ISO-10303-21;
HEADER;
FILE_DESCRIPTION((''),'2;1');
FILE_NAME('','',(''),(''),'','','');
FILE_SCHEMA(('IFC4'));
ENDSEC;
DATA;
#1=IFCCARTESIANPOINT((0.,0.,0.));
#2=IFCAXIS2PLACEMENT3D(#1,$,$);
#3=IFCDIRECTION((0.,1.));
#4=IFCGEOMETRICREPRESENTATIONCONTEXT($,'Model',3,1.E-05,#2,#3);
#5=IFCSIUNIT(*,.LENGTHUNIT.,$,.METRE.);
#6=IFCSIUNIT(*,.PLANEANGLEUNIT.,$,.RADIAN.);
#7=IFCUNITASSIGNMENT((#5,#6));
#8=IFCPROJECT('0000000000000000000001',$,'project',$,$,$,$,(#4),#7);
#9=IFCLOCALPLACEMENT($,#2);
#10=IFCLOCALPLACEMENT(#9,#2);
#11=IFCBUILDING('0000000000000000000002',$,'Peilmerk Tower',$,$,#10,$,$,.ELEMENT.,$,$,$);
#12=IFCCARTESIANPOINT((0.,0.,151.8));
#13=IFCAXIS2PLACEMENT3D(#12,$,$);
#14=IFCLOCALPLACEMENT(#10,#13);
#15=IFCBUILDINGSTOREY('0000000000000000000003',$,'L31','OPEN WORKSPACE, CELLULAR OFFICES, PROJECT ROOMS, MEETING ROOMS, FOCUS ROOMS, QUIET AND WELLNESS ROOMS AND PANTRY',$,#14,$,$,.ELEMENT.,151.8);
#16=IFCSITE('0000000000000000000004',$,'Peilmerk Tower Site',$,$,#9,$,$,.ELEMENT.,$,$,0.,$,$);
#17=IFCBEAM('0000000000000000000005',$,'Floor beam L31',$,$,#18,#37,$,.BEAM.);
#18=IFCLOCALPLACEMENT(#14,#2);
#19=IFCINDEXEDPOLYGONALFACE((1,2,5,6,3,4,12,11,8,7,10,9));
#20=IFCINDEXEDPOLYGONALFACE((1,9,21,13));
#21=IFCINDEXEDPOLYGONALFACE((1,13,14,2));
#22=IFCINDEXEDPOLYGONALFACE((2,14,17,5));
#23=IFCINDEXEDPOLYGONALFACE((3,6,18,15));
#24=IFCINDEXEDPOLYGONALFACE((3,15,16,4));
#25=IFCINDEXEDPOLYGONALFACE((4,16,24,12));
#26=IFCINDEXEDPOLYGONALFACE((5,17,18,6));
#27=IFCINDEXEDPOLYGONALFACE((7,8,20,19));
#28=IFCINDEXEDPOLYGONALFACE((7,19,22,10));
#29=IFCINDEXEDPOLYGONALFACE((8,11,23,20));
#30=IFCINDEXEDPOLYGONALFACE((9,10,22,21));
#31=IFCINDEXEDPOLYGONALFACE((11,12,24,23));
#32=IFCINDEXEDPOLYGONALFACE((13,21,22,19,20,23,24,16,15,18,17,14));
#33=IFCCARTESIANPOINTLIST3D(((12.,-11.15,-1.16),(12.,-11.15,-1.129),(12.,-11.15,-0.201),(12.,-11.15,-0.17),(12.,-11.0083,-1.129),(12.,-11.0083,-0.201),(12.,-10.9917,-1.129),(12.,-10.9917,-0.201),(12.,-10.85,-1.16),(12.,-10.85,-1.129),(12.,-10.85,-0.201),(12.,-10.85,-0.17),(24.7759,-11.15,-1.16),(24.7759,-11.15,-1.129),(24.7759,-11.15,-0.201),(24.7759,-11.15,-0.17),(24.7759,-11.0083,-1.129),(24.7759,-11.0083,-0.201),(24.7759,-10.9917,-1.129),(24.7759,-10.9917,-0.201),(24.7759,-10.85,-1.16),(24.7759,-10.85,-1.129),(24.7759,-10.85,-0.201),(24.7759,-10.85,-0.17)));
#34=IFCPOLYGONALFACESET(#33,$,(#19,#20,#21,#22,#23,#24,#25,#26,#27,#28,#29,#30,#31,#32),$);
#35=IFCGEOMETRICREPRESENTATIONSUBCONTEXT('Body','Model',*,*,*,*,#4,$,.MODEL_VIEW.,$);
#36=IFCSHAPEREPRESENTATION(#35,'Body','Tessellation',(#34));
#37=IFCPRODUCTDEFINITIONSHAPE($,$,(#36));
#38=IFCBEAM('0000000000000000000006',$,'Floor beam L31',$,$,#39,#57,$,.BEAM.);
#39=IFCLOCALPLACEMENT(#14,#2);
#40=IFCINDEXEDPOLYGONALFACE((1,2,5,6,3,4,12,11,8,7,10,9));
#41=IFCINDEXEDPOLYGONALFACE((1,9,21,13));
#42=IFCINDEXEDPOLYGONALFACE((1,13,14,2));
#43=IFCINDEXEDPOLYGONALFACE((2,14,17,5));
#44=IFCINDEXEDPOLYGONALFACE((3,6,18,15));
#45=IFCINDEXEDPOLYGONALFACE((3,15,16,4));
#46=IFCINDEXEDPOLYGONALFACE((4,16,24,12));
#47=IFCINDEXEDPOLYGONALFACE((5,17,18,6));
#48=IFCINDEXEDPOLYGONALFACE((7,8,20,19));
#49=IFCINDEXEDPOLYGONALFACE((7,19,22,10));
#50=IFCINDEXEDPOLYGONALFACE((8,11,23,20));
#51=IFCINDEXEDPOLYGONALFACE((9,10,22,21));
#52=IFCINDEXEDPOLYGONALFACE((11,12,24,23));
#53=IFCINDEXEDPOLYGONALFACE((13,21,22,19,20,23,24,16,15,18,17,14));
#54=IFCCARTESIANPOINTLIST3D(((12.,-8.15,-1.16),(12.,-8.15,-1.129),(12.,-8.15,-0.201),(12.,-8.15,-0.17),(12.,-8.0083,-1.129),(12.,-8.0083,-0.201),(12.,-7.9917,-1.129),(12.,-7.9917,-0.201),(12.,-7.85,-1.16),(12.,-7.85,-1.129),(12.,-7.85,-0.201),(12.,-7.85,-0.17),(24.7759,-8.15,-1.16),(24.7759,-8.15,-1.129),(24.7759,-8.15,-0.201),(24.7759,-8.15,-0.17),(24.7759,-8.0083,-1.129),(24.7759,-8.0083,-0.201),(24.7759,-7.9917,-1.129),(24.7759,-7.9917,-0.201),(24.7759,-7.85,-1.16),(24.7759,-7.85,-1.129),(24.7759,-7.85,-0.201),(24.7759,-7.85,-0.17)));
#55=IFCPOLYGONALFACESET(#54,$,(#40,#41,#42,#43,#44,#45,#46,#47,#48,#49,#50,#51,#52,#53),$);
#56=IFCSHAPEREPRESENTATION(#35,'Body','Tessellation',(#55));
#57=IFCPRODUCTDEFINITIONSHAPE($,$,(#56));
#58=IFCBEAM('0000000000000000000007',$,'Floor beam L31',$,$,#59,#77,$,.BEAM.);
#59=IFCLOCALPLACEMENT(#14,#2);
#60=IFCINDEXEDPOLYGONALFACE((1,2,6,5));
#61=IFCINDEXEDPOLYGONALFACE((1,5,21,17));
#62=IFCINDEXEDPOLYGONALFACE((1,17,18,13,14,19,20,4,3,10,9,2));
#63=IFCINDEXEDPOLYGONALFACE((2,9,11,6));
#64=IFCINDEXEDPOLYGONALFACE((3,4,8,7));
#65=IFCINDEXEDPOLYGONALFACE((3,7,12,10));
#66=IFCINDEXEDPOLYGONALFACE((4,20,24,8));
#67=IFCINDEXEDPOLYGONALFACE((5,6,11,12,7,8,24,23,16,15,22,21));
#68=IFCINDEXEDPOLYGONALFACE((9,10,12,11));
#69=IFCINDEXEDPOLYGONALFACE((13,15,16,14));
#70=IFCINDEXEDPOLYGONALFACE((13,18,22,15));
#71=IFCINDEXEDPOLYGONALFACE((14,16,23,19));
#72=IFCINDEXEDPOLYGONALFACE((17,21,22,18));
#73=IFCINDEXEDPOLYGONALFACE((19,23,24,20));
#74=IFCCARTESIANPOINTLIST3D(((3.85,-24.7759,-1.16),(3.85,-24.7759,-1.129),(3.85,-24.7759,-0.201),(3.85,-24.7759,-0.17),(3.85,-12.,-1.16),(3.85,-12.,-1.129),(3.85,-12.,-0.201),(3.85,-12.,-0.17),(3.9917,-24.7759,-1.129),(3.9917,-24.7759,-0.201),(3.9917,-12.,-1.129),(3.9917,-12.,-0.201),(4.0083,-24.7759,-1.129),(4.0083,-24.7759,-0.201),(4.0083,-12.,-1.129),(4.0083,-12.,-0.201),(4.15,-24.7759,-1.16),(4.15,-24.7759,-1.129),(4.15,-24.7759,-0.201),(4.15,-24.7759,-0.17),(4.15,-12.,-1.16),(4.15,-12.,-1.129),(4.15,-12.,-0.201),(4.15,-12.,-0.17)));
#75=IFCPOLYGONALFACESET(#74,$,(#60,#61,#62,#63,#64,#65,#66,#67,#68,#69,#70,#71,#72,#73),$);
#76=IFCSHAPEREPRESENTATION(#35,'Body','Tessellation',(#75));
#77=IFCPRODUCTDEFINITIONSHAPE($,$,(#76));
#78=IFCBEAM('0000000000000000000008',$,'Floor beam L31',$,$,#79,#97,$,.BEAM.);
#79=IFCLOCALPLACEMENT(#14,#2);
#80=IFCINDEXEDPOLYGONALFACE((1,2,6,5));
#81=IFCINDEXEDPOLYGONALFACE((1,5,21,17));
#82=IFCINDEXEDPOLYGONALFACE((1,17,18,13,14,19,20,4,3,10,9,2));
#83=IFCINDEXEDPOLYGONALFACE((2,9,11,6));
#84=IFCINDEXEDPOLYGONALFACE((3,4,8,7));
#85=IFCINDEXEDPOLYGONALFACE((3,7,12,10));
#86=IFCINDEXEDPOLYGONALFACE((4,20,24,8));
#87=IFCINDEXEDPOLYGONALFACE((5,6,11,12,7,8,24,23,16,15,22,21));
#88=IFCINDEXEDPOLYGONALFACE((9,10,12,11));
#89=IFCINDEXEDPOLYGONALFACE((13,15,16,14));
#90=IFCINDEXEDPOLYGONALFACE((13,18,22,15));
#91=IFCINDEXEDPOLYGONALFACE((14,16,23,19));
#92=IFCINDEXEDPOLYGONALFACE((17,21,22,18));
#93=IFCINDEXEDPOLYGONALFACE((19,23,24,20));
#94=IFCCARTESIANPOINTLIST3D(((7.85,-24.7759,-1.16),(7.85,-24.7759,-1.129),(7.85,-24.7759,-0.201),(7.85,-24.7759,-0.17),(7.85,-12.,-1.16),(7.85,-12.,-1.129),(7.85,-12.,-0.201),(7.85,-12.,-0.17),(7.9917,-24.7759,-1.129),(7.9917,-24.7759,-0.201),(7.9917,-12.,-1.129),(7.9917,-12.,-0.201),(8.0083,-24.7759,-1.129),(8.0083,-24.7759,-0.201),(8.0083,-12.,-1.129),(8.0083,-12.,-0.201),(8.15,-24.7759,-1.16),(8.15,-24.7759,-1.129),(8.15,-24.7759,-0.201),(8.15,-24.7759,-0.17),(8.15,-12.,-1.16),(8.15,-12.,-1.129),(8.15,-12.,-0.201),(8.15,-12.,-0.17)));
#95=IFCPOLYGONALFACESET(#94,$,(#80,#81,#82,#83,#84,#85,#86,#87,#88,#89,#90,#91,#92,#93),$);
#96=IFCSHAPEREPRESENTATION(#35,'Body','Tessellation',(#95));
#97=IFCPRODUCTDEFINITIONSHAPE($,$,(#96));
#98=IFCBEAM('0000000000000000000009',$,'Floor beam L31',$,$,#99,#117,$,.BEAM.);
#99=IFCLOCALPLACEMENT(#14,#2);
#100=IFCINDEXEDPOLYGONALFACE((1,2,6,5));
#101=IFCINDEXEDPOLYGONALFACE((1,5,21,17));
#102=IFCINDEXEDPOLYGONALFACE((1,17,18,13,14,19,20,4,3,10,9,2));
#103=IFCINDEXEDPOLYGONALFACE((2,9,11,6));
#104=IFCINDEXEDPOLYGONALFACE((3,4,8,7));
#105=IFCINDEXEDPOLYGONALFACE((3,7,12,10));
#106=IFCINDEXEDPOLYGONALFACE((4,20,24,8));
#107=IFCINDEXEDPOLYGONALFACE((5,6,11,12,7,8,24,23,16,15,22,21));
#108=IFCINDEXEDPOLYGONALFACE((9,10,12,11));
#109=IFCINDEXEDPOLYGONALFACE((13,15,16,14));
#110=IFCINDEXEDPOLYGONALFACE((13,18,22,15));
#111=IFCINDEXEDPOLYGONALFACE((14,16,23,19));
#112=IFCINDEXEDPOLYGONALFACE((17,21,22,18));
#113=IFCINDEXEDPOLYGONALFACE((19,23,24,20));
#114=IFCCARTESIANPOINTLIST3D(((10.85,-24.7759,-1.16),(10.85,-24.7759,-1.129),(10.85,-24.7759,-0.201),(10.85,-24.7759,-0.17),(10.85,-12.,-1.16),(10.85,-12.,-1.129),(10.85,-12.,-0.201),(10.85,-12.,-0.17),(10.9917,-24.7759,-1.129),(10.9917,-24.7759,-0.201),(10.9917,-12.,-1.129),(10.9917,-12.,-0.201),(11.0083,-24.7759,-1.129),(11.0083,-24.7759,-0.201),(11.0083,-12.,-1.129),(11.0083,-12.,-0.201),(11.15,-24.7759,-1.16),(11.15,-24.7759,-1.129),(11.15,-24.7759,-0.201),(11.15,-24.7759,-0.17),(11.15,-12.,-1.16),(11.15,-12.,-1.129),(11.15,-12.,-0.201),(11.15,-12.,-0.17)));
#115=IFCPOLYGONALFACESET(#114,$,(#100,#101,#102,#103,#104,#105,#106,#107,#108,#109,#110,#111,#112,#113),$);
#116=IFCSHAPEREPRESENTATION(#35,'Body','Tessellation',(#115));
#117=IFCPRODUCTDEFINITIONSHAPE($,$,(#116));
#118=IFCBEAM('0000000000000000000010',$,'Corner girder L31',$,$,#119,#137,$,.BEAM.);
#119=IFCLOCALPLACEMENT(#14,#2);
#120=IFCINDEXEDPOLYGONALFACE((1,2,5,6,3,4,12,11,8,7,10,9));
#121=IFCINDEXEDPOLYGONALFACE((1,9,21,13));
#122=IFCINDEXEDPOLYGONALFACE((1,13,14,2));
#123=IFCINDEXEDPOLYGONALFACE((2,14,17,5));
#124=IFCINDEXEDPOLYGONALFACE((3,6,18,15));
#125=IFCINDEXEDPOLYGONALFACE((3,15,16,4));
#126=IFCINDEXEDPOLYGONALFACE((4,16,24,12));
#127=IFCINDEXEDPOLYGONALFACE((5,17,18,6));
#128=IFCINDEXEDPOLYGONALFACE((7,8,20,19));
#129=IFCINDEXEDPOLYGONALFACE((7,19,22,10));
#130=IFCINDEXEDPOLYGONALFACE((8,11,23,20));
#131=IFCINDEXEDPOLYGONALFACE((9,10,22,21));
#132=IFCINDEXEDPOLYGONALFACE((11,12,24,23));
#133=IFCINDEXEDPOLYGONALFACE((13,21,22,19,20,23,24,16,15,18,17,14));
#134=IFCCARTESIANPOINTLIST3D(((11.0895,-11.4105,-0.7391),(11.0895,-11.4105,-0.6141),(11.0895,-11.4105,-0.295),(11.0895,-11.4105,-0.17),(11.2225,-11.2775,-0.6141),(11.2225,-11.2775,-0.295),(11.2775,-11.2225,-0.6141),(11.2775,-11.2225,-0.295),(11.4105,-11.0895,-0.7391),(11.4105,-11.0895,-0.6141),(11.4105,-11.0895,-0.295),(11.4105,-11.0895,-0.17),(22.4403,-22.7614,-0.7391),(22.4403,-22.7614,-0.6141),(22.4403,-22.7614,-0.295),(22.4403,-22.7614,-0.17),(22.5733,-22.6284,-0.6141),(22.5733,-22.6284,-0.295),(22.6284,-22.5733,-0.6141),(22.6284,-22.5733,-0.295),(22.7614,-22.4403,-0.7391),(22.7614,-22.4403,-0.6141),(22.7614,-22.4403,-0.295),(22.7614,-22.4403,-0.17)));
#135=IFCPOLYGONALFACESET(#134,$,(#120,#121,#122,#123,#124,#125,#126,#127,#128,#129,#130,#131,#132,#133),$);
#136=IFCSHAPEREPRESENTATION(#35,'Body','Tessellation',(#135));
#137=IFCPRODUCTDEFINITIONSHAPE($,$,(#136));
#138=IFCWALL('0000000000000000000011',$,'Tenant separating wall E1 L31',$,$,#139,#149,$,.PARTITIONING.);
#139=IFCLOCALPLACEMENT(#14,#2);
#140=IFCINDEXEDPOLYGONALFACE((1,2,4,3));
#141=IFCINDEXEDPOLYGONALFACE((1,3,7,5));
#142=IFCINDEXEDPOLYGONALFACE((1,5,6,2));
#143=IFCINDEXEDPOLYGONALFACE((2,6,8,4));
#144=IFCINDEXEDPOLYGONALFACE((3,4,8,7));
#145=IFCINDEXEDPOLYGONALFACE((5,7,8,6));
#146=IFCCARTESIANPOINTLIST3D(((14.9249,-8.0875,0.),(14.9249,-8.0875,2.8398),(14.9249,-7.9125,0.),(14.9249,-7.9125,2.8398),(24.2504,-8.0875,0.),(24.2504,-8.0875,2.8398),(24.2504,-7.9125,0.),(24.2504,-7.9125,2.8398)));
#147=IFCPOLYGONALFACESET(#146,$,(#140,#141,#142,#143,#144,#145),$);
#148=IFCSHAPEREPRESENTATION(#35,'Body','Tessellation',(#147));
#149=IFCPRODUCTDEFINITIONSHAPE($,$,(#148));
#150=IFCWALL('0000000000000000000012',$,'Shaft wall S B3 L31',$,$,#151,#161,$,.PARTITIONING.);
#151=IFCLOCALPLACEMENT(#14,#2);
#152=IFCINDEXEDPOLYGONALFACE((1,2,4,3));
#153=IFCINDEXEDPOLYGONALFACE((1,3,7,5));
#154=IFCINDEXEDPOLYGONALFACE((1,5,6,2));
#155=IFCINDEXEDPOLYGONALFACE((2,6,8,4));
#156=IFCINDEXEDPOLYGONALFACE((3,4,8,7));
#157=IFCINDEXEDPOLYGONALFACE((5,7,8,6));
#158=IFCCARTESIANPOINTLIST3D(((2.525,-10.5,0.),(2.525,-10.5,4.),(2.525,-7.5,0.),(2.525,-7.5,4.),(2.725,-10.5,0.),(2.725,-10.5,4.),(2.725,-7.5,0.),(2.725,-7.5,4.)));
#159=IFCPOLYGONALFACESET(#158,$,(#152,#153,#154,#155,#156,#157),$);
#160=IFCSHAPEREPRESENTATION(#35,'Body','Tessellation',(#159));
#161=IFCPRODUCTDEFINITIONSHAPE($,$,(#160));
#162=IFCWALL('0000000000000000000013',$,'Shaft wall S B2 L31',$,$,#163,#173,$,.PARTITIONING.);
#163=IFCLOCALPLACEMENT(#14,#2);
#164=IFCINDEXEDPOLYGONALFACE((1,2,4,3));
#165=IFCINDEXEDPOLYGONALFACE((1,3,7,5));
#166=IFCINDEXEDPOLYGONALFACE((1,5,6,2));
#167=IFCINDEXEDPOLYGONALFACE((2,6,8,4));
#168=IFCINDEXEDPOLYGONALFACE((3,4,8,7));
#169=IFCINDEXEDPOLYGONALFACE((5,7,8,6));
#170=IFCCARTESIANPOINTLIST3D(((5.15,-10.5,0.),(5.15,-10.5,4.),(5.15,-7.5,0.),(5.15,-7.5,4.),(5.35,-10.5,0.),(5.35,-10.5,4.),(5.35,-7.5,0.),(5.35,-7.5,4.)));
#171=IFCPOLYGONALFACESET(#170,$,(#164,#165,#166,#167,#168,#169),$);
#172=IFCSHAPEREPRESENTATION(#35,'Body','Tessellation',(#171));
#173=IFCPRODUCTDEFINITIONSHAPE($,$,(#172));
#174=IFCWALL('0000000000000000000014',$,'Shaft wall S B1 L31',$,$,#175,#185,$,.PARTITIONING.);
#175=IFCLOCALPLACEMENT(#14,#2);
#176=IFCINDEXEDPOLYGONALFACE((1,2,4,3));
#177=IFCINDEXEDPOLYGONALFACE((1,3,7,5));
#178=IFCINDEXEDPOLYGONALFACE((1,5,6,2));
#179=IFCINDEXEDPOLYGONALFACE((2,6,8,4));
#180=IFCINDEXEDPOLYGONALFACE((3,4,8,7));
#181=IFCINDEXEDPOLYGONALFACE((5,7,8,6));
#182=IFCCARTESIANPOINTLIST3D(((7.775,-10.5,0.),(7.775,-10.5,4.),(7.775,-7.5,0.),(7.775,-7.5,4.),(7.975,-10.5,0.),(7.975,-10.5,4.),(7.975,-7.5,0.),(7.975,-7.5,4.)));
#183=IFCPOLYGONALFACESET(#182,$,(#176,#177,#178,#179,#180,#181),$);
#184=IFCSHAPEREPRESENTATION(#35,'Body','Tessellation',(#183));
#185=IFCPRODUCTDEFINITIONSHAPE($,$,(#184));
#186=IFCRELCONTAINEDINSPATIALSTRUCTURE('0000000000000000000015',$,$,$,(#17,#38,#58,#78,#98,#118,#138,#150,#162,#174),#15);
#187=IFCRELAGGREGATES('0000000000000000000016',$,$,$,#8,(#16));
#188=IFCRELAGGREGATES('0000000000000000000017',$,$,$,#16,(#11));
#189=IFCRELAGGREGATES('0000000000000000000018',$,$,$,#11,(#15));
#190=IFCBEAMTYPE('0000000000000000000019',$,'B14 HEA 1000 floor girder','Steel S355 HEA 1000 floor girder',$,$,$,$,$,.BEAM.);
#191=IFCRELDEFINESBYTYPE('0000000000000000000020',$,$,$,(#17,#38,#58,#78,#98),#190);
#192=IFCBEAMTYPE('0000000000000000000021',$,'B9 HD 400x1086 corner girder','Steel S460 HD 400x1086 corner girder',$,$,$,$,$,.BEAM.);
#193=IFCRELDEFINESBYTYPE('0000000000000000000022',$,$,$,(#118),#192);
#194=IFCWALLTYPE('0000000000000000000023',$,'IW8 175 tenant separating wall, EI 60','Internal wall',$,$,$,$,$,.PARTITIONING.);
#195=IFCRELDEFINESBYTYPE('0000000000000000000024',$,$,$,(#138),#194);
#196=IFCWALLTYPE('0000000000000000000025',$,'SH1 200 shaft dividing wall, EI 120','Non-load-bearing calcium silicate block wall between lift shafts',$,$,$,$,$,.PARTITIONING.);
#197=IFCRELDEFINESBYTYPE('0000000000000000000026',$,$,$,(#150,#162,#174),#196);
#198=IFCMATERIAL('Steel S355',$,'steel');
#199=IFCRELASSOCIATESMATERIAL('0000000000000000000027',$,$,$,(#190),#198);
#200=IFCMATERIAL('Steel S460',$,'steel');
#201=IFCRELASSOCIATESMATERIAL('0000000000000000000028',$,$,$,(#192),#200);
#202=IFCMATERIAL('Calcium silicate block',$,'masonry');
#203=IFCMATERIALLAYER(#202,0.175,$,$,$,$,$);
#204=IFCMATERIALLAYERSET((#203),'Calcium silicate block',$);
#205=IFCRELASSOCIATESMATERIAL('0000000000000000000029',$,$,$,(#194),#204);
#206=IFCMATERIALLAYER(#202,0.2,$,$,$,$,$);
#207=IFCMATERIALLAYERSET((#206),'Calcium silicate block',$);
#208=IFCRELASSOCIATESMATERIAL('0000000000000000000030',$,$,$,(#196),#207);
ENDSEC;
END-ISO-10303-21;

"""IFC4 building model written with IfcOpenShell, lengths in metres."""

from ifc_helpers import new_model, si_unit, direction, frame, frame_2d, origin, origin_2d, place, context, subcontext, project, spatial, rectangle, i_section, extrude, material, layer, layer_set, material_profile, profile_set, type_object, element, save


model = new_model("IFC4")

# Units and contexts
model_context = context("Model", 3, precision=1e-05, world=origin(), true_north=direction((0.0, 1.0)))
body_context = subcontext(model_context, "Body", "Model", "MODEL_VIEW")
ifc_project = project(units=[si_unit("LENGTHUNIT", "METRE"), si_unit("PLANEANGLEUNIT", "RADIAN")], contexts=[model_context])

# Site, building, storey
site_placement = place(None, origin())
site = spatial("IfcSite", under=ifc_project, at=site_placement, Name="Peilmerk Tower Site", CompositionType="ELEMENT", RefElevation=0.0)
building_placement = place(site_placement, origin())
building = spatial("IfcBuilding", under=site, at=building_placement, Name="Peilmerk Tower", CompositionType="ELEMENT")
storey_placement = place(building_placement, frame((0.0, 0.0, 151.8)))
storey = spatial("IfcBuildingStorey", under=building, at=storey_placement, Name="L31", Description="OPEN WORKSPACE, CELLULAR OFFICES, PROJECT ROOMS, MEETING ROOMS, FOCUS ROOMS, QUIET AND WELLNESS ROOMS AND PANTRY", CompositionType="ELEMENT", Elevation=151.8)

# Beams
ifc_material_1 = material(Name="Steel S355", Category="steel")
ifc_material_profile_1 = material_profile(ifc_material_1, i_section(OverallWidth=0.3, OverallDepth=0.99, WebThickness=0.0166, FlangeThickness=0.031, at=origin_2d()), Name="HEA 1000")
ifc_profile_set_1 = profile_set([ifc_material_profile_1], Name="Steel S355")
beam_type_1 = type_object("IfcBeamType", Name="B14 HEA 1000 floor girder", Description="Steel S355 HEA 1000 floor girder", PredefinedType="BEAM", material=ifc_profile_set_1)
for number, where, z_axis, x_axis, name in (
    (1, (12.0, -11.0, -0.665), (1.0, 0.0, 0.0), (0.0, 1.0, 0.0), "Floor beam L31"),
    (2, (12.0, -8.0, -0.665), (1.0, 0.0, 0.0), (0.0, 1.0, 0.0), "Floor beam L31"),
    (3, (4.0, -12.0, -0.665), (0.0, -1.0, 0.0), (1.0, 0.0, 0.0), "Floor beam L31"),
    (4, (8.0, -12.0, -0.665), (0.0, -1.0, 0.0), (1.0, 0.0, 0.0), "Floor beam L31"),
    (5, (11.0, -12.0, -0.665), (0.0, -1.0, 0.0), (1.0, 0.0, 0.0), "Floor beam L31"),
):
    element("IfcBeam", number, at=place(storey_placement, frame(where, z_axis=z_axis, x_axis=x_axis)), inside=storey, type_object=beam_type_1, Name=name, PredefinedType="BEAM", context=body_context, shape_type="SweptSolid", body=[
        extrude(i_section(OverallWidth=0.3, OverallDepth=0.99, WebThickness=0.0166, FlangeThickness=0.031, at=origin_2d()), origin(), (0.0, 0.0, 1.0), 12.7759),
    ])
ifc_material_2 = material(Name="Steel S460", Category="steel")
ifc_material_profile_2 = material_profile(ifc_material_2, i_section(OverallWidth=0.4541, OverallDepth=0.5691, WebThickness=0.0779, FlangeThickness=0.125, at=origin_2d()), Name="HD 400x1086")
ifc_profile_set_2 = profile_set([ifc_material_profile_2], Name="Steel S460")
beam_type_2 = type_object("IfcBeamType", Name="B9 HD 400x1086 corner girder", Description="Steel S460 HD 400x1086 corner girder", PredefinedType="BEAM", material=ifc_profile_set_2)
beam_placement = place(storey_placement, frame((11.25, -11.25, -0.4546), z_axis=(0.707107, -0.707107, 0.0), x_axis=(0.707107, 0.707107, 0.0)))
element("IfcBeam", 6, at=beam_placement, inside=storey, type_object=beam_type_2, Name="Corner girder L31", PredefinedType="BEAM", context=body_context, shape_type="SweptSolid", body=[
    extrude(i_section(OverallWidth=0.4541, OverallDepth=0.5691, WebThickness=0.0779, FlangeThickness=0.125, at=origin_2d()), origin(), (0.0, 0.0, 1.0), 16.0525),
])

# Walls
ifc_material_3 = material(Name="Calcium silicate block", Category="masonry")
ifc_layer_1 = layer(ifc_material_3, 0.175)
ifc_layer_set_1 = layer_set([ifc_layer_1], Name="Calcium silicate block")
wall_type_1 = type_object("IfcWallType", Name="IW8 175 tenant separating wall, EI 60", Description="Internal wall", PredefinedType="PARTITIONING", material=ifc_layer_set_1)
wall_1_placement = place(storey_placement, frame((14.925, -8.0, 0.0), z_axis=(0.0, 0.0, 1.0), x_axis=(1.0, 0.0, 0.0)))
element("IfcWall", 7, at=wall_1_placement, inside=storey, type_object=wall_type_1, Name="Tenant separating wall E1 L31", PredefinedType="PARTITIONING", context=body_context, shape_type="SweptSolid", body=[
    extrude(rectangle(XDim=9.3254, YDim=0.175, at=frame_2d((4.6626, 0.0))), origin(), (0.0, 0.0, 1.0), 2.8398),
])
ifc_layer_2 = layer(ifc_material_3, 0.2)
ifc_layer_set_2 = layer_set([ifc_layer_2], Name="Calcium silicate block")
wall_type_2 = type_object("IfcWallType", Name="SH1 200 shaft dividing wall, EI 120", Description="Non-load-bearing calcium silicate block wall between lift shafts", PredefinedType="PARTITIONING", material=ifc_layer_set_2)
for number, where, z_axis, x_axis, name in (
    (8, (2.625, -10.5, 0.0), (0.0, 0.0, 1.0), (0.0, 1.0, 0.0), "Shaft wall S B3 L31"),
    (9, (5.25, -10.5, 0.0), (0.0, 0.0, 1.0), (0.0, 1.0, 0.0), "Shaft wall S B2 L31"),
    (10, (7.875, -10.5, 0.0), (0.0, 0.0, 1.0), (0.0, 1.0, 0.0), "Shaft wall S B1 L31"),
):
    element("IfcWall", number, at=place(storey_placement, frame(where, z_axis=z_axis, x_axis=x_axis)), inside=storey, type_object=wall_type_2, Name=name, PredefinedType="PARTITIONING", context=body_context, shape_type="SweptSolid", body=[
        extrude(rectangle(XDim=3.0, YDim=0.2, at=frame_2d((1.5, 0.0))), origin(), (0.0, 0.0, 1.0), 4.0),
    ])

save(model, "model.ifc")
